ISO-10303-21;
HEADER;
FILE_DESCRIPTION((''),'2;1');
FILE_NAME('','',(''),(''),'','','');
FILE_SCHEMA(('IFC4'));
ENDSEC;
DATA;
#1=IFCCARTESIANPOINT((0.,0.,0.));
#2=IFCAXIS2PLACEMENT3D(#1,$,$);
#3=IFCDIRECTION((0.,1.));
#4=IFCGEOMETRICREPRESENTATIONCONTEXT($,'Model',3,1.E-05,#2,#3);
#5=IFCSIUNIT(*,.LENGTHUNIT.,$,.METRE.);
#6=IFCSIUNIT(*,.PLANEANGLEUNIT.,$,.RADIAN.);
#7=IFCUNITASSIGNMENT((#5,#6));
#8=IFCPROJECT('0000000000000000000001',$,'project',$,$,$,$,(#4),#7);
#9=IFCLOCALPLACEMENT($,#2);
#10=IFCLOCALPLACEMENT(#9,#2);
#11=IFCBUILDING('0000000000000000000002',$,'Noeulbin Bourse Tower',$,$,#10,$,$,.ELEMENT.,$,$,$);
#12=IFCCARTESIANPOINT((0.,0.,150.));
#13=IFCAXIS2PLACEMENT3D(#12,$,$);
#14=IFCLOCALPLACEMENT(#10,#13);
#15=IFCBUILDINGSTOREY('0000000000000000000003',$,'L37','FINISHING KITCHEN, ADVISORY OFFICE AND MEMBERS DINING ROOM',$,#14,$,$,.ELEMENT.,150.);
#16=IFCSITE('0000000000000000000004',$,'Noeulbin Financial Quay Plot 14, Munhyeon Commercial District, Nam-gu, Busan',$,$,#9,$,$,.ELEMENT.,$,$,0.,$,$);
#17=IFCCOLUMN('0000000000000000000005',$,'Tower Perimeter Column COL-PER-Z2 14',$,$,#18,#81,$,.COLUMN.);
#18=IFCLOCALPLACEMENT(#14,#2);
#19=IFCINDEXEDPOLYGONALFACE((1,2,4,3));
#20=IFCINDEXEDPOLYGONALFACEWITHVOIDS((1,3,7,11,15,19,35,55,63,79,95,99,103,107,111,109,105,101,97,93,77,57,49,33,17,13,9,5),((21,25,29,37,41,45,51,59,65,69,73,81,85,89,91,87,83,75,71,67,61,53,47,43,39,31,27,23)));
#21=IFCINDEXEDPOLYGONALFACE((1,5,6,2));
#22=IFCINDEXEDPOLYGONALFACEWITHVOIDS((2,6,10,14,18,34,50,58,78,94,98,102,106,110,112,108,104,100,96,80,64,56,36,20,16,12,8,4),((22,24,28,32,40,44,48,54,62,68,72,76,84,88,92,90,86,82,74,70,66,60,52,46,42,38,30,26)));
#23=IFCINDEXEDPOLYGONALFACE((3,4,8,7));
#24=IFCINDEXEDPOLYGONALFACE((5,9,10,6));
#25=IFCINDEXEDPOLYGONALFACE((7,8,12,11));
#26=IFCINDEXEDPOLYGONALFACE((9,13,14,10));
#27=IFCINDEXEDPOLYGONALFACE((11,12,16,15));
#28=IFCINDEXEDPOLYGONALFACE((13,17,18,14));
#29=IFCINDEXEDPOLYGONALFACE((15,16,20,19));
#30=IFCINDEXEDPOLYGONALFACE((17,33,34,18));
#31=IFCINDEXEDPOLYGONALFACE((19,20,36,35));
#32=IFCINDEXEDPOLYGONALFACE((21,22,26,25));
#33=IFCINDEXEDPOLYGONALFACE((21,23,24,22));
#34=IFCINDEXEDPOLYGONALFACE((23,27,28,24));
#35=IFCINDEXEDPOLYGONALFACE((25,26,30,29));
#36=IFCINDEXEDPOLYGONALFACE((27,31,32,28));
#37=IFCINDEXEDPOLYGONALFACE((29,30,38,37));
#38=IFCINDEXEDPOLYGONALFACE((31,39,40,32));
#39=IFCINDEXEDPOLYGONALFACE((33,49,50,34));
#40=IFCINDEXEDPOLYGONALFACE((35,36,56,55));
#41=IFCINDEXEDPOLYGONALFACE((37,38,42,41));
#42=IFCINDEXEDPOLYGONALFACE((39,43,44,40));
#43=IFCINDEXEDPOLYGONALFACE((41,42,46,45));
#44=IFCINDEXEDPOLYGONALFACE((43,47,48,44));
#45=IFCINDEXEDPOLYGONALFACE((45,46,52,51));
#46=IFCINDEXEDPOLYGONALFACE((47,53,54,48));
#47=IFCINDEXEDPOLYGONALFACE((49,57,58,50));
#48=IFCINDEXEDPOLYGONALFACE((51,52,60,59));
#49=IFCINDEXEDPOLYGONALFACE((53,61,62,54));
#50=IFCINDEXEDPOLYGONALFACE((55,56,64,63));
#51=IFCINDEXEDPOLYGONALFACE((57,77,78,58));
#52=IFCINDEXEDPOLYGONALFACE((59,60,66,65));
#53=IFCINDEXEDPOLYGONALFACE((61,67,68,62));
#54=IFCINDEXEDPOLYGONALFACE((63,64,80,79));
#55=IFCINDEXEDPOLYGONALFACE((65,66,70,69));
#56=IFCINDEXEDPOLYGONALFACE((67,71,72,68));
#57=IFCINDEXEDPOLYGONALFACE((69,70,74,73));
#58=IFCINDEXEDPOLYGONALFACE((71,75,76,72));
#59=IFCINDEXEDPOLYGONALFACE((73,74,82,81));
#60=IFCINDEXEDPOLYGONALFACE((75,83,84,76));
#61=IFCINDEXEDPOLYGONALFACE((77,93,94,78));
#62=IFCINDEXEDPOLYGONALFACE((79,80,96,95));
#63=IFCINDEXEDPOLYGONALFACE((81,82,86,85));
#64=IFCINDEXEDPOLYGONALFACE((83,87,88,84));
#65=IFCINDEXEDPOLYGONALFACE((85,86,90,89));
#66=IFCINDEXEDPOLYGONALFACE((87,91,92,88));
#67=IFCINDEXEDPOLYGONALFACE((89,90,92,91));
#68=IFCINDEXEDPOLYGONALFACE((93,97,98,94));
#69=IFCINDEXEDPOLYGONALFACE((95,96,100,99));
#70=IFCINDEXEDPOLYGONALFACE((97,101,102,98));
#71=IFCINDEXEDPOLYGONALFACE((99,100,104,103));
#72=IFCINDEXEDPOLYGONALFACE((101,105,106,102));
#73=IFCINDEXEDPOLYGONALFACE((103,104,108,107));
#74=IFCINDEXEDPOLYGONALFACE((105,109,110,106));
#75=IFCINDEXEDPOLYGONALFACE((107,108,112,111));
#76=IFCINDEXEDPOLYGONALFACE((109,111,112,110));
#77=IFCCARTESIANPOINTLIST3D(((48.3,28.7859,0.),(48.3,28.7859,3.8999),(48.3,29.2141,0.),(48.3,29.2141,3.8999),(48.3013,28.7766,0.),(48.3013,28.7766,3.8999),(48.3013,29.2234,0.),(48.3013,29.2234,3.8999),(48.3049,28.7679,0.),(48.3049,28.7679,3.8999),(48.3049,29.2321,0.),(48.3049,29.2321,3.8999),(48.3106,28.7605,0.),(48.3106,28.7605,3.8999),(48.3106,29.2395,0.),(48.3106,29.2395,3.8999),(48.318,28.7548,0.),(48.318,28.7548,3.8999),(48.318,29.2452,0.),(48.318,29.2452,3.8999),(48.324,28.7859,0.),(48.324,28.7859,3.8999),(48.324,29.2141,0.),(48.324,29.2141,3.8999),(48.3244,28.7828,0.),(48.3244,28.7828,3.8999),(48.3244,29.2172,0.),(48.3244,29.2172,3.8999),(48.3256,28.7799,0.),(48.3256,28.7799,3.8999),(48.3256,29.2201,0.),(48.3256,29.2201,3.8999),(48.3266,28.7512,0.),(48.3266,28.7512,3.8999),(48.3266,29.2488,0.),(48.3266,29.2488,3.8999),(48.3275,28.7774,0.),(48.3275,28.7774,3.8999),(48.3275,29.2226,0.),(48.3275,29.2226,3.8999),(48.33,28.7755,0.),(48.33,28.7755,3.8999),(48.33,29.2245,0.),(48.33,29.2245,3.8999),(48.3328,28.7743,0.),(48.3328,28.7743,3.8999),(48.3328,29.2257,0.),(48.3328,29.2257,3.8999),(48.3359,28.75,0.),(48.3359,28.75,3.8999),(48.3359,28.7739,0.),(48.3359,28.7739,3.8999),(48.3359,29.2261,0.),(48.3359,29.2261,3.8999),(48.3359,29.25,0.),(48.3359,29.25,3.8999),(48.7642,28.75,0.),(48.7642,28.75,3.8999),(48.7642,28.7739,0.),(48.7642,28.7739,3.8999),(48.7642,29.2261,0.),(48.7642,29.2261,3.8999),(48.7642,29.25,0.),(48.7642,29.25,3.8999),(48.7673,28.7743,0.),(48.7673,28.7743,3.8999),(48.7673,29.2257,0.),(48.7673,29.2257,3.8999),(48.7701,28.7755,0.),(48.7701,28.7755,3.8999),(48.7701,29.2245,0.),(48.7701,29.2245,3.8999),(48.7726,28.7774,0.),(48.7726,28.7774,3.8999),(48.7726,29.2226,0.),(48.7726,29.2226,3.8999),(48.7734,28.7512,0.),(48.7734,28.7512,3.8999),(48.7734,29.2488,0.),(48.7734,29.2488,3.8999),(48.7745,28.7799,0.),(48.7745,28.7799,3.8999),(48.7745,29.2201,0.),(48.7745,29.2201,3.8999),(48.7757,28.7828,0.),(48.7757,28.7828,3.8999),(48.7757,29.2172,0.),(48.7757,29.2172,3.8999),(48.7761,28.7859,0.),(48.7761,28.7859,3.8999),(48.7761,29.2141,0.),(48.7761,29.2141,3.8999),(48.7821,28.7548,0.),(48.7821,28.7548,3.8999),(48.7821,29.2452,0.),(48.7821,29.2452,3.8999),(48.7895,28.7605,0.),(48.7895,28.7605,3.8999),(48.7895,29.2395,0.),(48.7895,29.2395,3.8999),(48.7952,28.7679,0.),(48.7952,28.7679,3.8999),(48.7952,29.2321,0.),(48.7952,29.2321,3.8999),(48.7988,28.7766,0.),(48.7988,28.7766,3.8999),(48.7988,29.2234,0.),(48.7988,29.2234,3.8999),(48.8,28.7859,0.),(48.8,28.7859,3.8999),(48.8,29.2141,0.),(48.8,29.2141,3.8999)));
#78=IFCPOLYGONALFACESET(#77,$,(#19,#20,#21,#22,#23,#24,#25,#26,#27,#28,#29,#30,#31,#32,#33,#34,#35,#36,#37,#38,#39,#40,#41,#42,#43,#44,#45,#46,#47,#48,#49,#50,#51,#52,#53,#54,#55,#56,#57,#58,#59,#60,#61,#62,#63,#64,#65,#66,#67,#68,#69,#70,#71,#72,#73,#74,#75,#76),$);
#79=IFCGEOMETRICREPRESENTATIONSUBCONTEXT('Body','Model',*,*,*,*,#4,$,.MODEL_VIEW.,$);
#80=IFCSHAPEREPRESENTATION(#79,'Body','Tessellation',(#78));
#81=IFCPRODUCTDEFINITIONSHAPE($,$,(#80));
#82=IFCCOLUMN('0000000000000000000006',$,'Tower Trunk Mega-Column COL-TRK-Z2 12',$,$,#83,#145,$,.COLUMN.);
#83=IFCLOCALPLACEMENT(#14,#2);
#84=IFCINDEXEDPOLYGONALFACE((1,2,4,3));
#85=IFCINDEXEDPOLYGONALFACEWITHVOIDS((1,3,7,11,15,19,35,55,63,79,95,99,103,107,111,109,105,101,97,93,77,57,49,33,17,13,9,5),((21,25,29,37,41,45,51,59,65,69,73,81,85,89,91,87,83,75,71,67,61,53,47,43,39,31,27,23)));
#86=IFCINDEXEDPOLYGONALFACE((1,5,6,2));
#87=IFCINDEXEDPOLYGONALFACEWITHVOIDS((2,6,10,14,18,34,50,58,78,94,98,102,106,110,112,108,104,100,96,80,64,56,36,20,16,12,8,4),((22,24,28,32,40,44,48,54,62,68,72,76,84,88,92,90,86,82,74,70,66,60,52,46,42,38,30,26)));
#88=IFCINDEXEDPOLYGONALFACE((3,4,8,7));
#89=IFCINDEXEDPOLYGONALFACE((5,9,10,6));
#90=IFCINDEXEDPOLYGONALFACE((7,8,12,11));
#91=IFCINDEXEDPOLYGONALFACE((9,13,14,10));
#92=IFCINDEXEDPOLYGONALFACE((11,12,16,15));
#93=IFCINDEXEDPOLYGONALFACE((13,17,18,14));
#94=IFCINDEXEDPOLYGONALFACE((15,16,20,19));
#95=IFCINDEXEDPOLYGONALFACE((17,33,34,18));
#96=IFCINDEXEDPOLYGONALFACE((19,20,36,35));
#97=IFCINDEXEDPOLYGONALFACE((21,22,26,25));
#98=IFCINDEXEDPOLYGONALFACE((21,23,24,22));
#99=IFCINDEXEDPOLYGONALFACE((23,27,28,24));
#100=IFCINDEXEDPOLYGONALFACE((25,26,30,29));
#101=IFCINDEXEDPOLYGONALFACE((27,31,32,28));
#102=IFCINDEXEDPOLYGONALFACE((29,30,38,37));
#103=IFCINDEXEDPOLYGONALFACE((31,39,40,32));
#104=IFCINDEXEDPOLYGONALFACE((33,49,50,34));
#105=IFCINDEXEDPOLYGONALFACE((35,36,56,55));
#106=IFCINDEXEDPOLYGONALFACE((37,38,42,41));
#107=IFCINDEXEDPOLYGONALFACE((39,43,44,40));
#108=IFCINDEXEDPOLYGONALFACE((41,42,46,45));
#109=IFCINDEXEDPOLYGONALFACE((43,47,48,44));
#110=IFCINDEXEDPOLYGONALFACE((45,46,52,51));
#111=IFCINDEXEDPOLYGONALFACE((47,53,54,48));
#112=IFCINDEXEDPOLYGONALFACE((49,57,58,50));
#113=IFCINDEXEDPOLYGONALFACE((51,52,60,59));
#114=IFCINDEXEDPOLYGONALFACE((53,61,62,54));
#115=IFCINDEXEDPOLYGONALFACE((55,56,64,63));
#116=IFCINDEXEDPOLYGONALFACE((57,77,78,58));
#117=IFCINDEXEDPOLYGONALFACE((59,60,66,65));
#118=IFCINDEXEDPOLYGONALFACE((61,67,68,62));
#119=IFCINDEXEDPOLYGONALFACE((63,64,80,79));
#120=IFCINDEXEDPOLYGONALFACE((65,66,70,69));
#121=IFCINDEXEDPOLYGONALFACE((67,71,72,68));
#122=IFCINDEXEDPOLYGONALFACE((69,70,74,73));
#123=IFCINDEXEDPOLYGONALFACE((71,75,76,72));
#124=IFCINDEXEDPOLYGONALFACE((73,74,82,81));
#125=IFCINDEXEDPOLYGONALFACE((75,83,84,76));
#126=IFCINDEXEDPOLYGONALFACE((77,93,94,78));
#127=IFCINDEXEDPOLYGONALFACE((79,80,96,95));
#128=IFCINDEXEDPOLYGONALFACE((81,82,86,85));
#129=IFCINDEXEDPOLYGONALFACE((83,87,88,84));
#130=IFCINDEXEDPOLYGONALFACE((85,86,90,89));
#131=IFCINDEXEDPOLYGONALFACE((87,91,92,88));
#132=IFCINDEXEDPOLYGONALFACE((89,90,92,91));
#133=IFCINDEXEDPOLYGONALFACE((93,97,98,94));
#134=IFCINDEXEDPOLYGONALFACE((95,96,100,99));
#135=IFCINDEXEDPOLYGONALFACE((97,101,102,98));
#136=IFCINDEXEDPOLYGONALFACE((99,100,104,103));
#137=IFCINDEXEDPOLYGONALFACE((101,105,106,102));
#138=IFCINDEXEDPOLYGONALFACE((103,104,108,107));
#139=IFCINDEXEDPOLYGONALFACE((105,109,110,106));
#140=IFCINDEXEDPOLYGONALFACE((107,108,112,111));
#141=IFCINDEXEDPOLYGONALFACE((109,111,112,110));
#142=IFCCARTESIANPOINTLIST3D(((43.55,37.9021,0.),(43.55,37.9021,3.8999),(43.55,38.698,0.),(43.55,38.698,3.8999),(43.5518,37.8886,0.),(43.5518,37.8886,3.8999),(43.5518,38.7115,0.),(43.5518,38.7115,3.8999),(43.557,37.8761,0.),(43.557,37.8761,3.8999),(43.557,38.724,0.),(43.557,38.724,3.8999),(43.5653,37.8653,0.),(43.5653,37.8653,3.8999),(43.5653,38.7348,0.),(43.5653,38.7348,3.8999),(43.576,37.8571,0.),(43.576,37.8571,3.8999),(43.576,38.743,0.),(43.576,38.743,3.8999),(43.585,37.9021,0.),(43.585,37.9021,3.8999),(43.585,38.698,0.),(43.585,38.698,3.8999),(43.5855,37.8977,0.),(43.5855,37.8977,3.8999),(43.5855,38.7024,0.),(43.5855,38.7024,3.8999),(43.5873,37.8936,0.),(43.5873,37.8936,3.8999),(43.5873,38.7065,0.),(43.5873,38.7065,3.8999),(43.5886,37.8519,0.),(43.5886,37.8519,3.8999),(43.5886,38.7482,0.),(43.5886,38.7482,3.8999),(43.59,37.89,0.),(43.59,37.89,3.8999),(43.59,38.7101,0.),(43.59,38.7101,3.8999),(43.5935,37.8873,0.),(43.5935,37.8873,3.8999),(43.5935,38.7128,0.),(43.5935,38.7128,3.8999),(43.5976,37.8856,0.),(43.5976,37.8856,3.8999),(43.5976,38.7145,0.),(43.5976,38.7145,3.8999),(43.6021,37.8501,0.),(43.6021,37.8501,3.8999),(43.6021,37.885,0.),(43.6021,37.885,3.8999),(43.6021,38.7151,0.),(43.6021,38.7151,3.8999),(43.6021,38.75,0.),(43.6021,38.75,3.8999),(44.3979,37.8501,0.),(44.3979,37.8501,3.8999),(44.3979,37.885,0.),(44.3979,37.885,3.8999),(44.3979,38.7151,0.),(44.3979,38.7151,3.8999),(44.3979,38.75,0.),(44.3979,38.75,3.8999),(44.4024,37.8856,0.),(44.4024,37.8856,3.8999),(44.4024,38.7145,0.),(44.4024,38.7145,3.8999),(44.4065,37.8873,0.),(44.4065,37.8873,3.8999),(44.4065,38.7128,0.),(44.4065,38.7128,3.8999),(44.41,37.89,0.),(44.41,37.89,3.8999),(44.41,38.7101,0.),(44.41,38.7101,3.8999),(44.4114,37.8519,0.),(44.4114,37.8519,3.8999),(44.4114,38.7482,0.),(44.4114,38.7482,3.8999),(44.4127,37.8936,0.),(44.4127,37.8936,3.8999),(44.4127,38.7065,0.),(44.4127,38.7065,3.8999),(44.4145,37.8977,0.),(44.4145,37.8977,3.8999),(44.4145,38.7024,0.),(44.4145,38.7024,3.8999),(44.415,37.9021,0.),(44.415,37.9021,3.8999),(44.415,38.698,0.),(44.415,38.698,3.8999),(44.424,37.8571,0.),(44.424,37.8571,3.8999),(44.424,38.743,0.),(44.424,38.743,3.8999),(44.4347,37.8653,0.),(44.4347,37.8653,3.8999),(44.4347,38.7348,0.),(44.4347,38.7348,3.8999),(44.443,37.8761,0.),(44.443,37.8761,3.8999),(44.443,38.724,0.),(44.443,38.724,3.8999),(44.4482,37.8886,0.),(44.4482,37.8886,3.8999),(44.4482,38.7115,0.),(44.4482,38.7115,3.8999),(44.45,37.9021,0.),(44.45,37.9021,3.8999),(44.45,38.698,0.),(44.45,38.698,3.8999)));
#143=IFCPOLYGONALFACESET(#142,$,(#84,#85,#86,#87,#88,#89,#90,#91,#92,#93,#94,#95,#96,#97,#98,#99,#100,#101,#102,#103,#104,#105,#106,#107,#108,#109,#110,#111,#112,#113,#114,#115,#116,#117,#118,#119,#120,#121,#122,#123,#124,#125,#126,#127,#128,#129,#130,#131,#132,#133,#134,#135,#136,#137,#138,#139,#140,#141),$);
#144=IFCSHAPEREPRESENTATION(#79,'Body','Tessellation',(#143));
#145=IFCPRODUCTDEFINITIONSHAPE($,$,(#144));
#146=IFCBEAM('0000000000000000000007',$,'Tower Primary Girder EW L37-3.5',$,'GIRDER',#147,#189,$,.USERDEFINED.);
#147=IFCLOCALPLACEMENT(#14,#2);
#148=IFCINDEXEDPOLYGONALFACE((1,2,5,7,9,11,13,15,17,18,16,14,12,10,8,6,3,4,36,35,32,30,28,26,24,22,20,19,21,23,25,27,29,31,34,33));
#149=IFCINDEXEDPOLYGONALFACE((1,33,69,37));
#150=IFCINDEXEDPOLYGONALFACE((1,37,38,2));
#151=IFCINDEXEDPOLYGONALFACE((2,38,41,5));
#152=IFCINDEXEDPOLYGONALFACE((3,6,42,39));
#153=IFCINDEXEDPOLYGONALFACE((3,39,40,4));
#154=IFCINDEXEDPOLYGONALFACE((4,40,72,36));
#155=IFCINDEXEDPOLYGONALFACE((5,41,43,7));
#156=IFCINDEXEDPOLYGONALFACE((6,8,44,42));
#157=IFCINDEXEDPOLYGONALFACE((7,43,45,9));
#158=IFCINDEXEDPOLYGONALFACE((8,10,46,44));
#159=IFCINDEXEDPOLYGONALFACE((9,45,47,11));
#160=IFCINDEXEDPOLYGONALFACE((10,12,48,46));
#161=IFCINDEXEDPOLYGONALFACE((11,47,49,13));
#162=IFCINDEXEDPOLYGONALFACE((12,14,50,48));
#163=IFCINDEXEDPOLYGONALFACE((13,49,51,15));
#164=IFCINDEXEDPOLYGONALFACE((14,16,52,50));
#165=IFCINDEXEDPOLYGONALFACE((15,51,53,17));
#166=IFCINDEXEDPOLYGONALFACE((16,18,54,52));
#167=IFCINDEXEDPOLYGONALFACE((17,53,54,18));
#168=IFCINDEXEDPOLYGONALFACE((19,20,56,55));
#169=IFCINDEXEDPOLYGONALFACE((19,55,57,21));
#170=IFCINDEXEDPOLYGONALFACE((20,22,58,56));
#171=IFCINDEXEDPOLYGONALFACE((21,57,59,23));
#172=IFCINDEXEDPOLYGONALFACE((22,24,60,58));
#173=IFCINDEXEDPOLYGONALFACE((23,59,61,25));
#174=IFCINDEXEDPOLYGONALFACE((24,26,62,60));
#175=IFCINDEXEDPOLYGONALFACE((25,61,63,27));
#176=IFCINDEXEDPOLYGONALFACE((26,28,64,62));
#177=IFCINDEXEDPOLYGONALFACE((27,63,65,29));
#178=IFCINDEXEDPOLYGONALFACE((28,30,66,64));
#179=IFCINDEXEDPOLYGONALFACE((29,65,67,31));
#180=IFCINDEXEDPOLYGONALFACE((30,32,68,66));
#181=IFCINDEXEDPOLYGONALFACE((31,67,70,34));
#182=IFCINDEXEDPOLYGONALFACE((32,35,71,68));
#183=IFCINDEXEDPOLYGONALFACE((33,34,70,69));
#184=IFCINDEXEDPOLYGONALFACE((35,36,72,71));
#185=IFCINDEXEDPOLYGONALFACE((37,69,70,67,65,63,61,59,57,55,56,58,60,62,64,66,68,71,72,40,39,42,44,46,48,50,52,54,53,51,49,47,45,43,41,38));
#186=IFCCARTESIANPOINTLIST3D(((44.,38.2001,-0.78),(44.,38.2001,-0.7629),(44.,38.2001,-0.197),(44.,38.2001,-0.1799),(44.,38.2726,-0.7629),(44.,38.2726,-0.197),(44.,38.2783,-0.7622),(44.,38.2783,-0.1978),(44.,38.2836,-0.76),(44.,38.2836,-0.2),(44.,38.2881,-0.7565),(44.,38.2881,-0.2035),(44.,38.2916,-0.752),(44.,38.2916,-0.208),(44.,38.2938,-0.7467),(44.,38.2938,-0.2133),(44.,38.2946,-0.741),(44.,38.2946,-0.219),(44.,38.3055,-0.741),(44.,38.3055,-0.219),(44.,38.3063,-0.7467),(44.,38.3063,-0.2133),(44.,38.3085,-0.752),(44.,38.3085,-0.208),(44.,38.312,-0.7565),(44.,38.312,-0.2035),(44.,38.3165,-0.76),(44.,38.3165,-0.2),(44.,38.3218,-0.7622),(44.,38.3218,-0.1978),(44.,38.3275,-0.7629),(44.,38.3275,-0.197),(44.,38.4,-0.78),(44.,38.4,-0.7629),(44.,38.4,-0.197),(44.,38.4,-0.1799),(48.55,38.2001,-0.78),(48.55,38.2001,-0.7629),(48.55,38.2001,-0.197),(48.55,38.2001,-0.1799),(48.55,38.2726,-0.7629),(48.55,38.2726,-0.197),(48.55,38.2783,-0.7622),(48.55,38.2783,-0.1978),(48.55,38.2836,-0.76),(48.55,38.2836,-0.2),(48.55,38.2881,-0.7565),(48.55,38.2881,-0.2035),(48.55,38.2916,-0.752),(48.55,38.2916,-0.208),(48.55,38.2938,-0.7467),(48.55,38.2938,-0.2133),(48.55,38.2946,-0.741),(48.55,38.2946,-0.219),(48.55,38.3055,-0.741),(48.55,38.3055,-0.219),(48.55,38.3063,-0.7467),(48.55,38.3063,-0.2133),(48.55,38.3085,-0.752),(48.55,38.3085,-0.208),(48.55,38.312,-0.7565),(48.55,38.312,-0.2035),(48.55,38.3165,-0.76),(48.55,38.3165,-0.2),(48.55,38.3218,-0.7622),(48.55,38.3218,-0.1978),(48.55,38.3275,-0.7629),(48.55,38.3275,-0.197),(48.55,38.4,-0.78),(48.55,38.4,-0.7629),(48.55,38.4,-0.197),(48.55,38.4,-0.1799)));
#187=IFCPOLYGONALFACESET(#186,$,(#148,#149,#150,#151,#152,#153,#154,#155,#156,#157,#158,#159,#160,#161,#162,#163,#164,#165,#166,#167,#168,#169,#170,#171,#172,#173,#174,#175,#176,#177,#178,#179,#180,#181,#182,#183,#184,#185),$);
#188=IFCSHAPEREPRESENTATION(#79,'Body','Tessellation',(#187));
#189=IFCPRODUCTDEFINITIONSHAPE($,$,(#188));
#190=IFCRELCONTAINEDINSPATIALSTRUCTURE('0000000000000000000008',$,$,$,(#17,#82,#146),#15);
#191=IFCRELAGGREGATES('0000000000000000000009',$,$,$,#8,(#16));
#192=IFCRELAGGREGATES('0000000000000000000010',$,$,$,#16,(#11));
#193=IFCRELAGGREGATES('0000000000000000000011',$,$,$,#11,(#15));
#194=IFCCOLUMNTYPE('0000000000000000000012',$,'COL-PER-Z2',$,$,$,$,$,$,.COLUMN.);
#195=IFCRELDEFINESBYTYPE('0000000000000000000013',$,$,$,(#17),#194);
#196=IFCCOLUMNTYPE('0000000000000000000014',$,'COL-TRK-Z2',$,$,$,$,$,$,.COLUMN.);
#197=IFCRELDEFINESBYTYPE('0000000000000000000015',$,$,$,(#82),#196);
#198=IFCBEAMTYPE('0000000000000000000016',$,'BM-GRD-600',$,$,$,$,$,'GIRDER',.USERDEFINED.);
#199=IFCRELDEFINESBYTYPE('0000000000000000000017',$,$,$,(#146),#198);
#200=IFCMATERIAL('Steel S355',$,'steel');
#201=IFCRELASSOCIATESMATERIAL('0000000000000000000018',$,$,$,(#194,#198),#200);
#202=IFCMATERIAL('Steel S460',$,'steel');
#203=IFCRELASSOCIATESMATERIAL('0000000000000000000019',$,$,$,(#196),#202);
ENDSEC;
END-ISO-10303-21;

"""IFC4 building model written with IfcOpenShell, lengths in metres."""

from ifc_helpers import new_model, si_unit, direction, frame, origin, origin_2d, place, context, subcontext, project, spatial, hollow_rectangle, i_section, extrude, material, material_profile, profile_set, type_object, element, save


model = new_model("IFC4")

# Units and contexts
model_context = context("Model", 3, precision=1e-05, world=origin(), true_north=direction((0.0, 1.0)))
body_context = subcontext(model_context, "Body", "Model", "MODEL_VIEW")
ifc_project = project(units=[si_unit("LENGTHUNIT", "METRE"), si_unit("PLANEANGLEUNIT", "RADIAN")], contexts=[model_context])

# Site, building, storey
site_placement = place(None, origin())
site = spatial("IfcSite", under=ifc_project, at=site_placement, Name="Noeulbin Financial Quay Plot 14, Munhyeon Commercial District, Nam-gu, Busan", CompositionType="ELEMENT", RefElevation=0.0)
building_placement = place(site_placement, origin())
building = spatial("IfcBuilding", under=site, at=building_placement, Name="Noeulbin Bourse Tower", CompositionType="ELEMENT")
storey_placement = place(building_placement, frame((0.0, 0.0, 150.0)))
storey = spatial("IfcBuildingStorey", under=building, at=storey_placement, Name="L37", Description="FINISHING KITCHEN, ADVISORY OFFICE AND MEMBERS DINING ROOM", CompositionType="ELEMENT", Elevation=150.0)

# Columns
ifc_material_1 = material(Name="Steel S355", Category="steel")
ifc_material_profile_1 = material_profile(ifc_material_1, hollow_rectangle(XDim=0.5, YDim=0.5, WallThickness=0.0239, InnerFilletRadius=0.012, OuterFilletRadius=0.0359, at=origin_2d()), Name="BOX-500x500x24", Category="LoadBearing")
ifc_profile_set_1 = profile_set([ifc_material_profile_1], Name="Steel S355")
column_type_1 = type_object("IfcColumnType", Name="COL-PER-Z2", PredefinedType="COLUMN", material=ifc_profile_set_1)
column_1_placement = place(storey_placement, frame((48.55, 29.0, 0.0), z_axis=(0.0, 0.0, 1.0), x_axis=(1.0, 0.0, 0.0)))
element("IfcColumn", 1, at=column_1_placement, inside=storey, type_object=column_type_1, Name="Tower Perimeter Column COL-PER-Z2 14", PredefinedType="COLUMN", context=body_context, shape_type="SweptSolid", body=[
    extrude(hollow_rectangle(XDim=0.5, YDim=0.5, WallThickness=0.0239, InnerFilletRadius=0.012, OuterFilletRadius=0.0359, at=origin_2d()), origin(), (0.0, 0.0, 1.0), 3.8999),
])
ifc_material_2 = material(Name="Steel S460", Category="steel")
ifc_material_profile_2 = material_profile(ifc_material_2, hollow_rectangle(XDim=0.8999, YDim=0.8999, WallThickness=0.0349, InnerFilletRadius=0.0171, OuterFilletRadius=0.052, at=origin_2d()), Name="BOX-900x900x35", Category="LoadBearing")
ifc_profile_set_2 = profile_set([ifc_material_profile_2], Name="Steel S460")
column_type_2 = type_object("IfcColumnType", Name="COL-TRK-Z2", PredefinedType="COLUMN", material=ifc_profile_set_2)
column_2_placement = place(storey_placement, frame((44.0, 38.3, 0.0), z_axis=(0.0, 0.0, 1.0), x_axis=(1.0, 0.0, 0.0)))
element("IfcColumn", 2, at=column_2_placement, inside=storey, type_object=column_type_2, Name="Tower Trunk Mega-Column COL-TRK-Z2 12", PredefinedType="COLUMN", context=body_context, shape_type="SweptSolid", body=[
    extrude(hollow_rectangle(XDim=0.8999, YDim=0.8999, WallThickness=0.0349, InnerFilletRadius=0.0171, OuterFilletRadius=0.052, at=origin_2d()), origin(), (0.0, 0.0, 1.0), 3.8999),
])

# Beam
ifc_material_profile_3 = material_profile(ifc_material_1, i_section(OverallWidth=0.2, OverallDepth=0.6001, WebThickness=0.011, FlangeThickness=0.0171, FilletRadius=0.022, at=origin_2d()), Name="H-600x200x11x17", Category="LoadBearing")
ifc_profile_set_3 = profile_set([ifc_material_profile_3], Name="Steel S355")
beam_type_1 = type_object("IfcBeamType", Name="BM-GRD-600", ElementType="GIRDER", PredefinedType="USERDEFINED", material=ifc_profile_set_3)
beam_1_placement = place(storey_placement, frame((44.0, 38.3, -0.48), z_axis=(1.0, 0.0, 0.0), x_axis=(0.0, 1.0, 0.0)))
element("IfcBeam", 3, at=beam_1_placement, inside=storey, type_object=beam_type_1, Name="Tower Primary Girder EW L37-3.5", ObjectType="GIRDER", PredefinedType="USERDEFINED", context=body_context, shape_type="SweptSolid", body=[
    extrude(i_section(OverallWidth=0.2, OverallDepth=0.6001, WebThickness=0.011, FlangeThickness=0.0171, FilletRadius=0.022, at=origin_2d()), origin(), (0.0, 0.0, 1.0), 4.55),
])

save(model, "model.ifc")
